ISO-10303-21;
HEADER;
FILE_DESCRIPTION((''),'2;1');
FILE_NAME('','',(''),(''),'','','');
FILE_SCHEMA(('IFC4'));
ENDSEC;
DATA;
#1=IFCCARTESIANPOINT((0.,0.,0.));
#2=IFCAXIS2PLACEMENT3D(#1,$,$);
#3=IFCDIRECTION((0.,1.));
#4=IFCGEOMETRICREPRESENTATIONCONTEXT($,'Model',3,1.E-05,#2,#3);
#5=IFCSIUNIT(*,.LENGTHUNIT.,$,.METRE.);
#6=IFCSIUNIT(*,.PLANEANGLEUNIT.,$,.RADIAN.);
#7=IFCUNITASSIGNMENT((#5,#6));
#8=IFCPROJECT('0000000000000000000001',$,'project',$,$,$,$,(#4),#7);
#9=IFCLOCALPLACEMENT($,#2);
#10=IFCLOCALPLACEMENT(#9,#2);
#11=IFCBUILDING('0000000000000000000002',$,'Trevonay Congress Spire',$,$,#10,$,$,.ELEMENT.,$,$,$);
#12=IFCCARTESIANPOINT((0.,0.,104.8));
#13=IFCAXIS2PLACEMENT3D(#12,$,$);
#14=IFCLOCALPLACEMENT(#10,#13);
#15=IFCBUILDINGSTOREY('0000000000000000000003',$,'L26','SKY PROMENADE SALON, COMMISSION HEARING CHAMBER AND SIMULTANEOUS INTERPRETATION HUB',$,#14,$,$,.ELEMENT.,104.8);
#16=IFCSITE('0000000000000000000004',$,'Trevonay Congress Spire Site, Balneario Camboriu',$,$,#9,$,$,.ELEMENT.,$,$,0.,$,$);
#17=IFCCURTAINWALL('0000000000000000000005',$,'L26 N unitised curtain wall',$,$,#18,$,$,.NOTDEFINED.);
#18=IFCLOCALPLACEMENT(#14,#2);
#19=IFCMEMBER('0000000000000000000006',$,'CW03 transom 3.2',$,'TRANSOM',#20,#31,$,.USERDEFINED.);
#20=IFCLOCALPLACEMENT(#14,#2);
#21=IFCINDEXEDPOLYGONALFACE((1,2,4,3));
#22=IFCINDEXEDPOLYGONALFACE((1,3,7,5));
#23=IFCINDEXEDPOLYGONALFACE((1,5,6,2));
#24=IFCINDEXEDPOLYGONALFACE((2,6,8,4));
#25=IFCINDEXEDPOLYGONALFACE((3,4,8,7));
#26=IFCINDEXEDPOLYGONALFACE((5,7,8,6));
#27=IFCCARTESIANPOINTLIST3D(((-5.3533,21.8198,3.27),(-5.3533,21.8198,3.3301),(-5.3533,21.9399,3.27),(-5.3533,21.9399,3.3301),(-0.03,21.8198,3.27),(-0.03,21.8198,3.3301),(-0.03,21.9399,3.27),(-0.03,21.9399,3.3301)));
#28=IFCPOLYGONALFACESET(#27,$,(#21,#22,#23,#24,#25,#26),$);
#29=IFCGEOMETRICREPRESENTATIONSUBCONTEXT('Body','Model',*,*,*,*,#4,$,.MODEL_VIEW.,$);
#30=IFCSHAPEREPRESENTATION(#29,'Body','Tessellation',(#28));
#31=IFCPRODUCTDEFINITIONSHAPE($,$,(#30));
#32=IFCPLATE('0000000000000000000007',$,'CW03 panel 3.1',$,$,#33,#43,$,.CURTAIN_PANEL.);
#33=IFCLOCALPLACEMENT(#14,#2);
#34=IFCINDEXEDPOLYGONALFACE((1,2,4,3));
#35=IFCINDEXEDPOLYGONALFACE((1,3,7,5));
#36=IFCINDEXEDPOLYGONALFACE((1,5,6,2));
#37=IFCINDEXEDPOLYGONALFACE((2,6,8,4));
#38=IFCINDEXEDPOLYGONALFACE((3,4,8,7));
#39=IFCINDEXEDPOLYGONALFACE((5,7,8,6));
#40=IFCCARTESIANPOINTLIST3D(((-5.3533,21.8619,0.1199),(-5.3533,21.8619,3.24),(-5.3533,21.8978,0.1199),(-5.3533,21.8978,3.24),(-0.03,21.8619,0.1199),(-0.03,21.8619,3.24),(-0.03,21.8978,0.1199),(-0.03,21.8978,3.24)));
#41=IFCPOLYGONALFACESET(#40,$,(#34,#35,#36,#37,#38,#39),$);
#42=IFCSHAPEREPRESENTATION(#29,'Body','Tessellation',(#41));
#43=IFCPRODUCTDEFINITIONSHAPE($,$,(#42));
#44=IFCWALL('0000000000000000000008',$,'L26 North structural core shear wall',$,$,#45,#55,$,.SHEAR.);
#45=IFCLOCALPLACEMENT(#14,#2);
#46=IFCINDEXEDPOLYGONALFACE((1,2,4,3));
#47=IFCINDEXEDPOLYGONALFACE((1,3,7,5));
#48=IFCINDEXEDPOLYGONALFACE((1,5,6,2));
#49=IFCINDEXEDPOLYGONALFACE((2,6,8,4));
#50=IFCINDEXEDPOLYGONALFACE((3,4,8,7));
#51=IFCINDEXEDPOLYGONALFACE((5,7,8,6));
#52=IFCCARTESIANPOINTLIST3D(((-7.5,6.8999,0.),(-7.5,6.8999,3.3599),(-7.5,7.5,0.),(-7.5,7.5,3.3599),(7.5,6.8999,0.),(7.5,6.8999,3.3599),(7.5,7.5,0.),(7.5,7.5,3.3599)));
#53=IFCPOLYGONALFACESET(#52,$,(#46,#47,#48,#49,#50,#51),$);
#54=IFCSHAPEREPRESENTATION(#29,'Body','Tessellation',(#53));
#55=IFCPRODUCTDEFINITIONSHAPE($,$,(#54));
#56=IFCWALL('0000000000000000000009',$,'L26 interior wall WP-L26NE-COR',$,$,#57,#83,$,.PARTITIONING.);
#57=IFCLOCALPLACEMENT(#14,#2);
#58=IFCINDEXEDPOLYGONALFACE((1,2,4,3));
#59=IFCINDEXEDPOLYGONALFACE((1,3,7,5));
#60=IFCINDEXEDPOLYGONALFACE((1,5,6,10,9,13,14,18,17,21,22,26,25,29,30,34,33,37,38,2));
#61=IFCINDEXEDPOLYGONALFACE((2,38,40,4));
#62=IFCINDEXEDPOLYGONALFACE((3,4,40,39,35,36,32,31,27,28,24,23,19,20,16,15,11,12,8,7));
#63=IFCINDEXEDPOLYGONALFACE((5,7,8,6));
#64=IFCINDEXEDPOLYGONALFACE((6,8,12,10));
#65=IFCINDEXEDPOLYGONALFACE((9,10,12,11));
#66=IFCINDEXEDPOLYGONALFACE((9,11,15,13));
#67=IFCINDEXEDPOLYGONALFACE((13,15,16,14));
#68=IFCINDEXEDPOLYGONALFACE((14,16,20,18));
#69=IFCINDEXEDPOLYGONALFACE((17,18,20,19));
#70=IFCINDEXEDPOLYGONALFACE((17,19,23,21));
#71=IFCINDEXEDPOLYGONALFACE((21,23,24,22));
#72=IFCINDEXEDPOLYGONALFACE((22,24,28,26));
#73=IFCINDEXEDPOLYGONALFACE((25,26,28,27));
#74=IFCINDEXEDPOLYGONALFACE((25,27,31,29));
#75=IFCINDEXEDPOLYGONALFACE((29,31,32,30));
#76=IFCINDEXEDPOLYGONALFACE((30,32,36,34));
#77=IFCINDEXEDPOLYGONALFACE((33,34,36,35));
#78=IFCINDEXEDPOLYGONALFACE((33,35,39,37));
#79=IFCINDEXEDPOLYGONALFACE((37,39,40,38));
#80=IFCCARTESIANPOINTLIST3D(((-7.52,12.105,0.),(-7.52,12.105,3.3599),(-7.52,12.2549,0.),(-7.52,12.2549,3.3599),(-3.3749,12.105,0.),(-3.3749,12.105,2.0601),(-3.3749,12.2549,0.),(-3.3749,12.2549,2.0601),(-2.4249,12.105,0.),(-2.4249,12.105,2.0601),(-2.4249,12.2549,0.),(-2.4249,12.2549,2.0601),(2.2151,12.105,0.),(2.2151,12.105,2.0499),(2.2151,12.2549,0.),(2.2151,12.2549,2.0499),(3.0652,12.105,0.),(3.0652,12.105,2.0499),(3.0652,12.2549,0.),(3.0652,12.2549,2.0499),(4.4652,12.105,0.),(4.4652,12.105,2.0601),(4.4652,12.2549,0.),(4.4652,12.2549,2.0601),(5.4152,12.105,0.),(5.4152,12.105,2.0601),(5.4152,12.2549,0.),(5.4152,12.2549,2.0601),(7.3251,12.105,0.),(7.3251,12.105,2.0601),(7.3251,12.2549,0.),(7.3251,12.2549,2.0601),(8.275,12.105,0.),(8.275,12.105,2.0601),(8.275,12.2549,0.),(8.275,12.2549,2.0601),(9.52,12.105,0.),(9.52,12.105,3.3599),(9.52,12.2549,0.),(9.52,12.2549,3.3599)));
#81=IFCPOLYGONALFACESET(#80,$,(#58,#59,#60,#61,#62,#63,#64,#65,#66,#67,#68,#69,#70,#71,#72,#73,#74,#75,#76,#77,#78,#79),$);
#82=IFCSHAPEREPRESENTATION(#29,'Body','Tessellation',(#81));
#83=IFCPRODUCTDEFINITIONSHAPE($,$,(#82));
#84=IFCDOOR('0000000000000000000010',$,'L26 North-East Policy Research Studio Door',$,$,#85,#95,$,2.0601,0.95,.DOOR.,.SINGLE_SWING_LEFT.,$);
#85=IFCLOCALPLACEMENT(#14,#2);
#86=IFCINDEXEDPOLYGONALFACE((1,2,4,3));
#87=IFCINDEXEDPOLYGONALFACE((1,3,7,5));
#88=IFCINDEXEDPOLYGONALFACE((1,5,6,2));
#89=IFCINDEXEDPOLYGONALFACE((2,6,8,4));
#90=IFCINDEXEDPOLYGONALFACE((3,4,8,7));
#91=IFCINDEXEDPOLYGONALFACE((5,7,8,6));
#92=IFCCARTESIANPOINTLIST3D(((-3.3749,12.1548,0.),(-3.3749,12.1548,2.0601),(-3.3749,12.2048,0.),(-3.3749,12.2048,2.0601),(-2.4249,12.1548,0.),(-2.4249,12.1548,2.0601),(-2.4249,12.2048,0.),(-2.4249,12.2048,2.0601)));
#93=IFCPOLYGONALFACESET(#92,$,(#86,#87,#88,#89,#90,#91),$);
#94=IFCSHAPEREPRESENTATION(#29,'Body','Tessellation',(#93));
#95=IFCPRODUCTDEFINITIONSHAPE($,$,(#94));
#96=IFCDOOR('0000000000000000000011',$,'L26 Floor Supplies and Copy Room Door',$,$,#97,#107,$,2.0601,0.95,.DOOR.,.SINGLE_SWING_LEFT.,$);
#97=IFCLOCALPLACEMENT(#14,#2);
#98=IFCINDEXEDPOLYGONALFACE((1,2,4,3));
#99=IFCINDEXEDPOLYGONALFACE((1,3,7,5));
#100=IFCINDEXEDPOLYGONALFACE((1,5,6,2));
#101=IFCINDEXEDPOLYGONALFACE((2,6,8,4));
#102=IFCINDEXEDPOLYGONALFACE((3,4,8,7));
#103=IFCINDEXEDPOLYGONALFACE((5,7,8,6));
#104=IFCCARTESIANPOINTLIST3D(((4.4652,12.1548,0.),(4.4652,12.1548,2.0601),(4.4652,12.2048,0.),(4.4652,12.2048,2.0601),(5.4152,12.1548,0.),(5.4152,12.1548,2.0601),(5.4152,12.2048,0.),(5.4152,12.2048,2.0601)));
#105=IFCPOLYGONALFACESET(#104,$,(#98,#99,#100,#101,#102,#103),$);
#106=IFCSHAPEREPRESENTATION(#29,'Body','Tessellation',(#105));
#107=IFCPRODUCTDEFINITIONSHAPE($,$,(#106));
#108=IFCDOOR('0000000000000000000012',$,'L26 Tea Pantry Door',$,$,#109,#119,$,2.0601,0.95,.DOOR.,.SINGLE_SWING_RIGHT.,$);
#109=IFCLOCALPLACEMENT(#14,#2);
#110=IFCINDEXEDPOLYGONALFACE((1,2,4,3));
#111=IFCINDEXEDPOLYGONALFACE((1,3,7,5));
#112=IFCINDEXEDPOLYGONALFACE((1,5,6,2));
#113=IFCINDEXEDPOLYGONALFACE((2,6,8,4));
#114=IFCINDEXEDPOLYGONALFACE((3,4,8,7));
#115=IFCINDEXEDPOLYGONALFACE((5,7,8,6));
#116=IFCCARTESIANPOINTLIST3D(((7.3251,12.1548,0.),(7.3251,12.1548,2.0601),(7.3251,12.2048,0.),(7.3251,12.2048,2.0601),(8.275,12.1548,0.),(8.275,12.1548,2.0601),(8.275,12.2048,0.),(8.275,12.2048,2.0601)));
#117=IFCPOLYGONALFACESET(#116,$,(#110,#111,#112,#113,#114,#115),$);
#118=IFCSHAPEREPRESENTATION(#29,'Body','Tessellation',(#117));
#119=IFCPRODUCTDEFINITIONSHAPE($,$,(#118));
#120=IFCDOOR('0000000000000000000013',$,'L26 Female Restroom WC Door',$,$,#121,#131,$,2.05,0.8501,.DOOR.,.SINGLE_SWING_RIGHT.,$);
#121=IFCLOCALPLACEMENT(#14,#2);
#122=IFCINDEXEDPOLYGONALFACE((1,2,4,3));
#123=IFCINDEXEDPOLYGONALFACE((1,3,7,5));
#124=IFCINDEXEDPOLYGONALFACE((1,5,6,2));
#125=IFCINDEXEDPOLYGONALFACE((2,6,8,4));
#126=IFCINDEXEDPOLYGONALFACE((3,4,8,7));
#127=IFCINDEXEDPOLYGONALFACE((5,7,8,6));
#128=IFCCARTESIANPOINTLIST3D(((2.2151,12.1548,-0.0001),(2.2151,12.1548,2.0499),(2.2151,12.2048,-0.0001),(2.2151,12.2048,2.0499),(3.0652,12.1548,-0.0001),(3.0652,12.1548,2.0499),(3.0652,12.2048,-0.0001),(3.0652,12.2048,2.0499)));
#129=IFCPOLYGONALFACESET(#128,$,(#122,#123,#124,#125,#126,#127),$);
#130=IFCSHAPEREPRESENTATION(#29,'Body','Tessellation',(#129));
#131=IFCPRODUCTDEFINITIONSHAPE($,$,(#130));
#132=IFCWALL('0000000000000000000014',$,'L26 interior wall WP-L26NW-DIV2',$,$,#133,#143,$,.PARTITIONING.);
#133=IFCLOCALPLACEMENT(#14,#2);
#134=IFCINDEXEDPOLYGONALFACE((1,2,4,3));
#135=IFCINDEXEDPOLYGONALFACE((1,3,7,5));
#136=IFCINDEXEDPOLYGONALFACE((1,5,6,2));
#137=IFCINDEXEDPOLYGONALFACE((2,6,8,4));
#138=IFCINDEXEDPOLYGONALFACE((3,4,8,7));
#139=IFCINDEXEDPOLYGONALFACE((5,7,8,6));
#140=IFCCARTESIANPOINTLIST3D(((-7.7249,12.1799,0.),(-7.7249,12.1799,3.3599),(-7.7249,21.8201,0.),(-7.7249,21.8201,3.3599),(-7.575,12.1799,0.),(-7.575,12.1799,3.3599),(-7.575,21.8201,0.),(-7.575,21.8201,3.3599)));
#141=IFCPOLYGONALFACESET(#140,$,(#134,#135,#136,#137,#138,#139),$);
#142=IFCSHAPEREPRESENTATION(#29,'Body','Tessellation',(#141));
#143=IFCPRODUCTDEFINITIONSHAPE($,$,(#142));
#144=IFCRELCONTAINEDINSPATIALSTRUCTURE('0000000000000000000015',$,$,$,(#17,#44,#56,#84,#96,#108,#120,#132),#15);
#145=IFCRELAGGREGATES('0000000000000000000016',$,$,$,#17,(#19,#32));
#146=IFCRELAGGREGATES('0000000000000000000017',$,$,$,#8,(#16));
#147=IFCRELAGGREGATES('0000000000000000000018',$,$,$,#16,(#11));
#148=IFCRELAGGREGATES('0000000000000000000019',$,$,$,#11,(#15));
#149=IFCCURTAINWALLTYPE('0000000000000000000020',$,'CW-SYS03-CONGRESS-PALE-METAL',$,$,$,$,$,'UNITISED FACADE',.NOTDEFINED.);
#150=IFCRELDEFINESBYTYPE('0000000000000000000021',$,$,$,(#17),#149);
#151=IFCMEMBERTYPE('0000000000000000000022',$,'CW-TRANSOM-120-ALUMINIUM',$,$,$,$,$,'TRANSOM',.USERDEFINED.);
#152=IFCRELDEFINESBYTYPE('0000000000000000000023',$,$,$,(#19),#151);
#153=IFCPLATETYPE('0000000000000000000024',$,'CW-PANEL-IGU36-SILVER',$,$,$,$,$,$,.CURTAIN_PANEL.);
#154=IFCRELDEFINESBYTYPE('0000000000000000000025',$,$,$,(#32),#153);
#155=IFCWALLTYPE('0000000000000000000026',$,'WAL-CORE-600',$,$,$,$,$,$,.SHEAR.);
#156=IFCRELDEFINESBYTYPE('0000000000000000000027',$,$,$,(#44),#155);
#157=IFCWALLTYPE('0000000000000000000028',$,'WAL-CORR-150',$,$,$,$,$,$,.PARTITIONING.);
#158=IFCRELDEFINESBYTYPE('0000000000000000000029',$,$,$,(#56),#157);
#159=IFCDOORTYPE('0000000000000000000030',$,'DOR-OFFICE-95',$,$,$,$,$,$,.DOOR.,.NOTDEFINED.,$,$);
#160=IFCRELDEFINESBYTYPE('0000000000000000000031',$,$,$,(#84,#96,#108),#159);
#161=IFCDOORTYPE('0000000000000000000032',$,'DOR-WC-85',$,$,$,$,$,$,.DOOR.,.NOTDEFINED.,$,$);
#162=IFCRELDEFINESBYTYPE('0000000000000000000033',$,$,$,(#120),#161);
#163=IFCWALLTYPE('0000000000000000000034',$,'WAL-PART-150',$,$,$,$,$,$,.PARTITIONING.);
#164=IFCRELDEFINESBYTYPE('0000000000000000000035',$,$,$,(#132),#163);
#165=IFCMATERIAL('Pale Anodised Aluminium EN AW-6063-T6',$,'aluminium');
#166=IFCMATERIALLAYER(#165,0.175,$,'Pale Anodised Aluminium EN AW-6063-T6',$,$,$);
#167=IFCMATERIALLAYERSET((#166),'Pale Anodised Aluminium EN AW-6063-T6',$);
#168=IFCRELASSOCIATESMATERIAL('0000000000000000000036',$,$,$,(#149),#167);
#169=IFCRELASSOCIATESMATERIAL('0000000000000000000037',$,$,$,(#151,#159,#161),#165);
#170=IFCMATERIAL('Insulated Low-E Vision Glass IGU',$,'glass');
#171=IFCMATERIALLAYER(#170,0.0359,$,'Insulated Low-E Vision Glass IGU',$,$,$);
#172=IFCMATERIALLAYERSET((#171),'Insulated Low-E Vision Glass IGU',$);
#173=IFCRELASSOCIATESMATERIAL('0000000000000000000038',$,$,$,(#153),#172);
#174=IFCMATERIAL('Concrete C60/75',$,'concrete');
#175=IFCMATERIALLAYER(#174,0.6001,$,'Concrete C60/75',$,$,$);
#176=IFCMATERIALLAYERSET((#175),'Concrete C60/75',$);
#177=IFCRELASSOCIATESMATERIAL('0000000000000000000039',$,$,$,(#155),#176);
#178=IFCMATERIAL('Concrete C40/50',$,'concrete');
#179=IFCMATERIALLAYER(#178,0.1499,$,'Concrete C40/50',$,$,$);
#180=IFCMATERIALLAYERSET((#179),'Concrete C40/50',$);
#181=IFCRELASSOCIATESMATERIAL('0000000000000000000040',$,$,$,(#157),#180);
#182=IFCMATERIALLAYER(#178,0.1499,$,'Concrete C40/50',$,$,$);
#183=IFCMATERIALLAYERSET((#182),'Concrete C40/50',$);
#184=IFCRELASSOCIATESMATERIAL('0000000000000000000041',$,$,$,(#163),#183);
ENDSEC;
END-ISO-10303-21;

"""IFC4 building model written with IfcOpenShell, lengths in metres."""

from ifc_helpers import new_model, si_unit, direction, frame, frame_2d, origin, origin_2d, place, context, subcontext, project, spatial, rectangle, extrude, material, layer, layer_set, material_profile, profile_set, type_object, element, fill, aggregate, save


model = new_model("IFC4")

# Units and contexts
model_context = context("Model", 3, precision=1e-05, world=origin(), true_north=direction((0.0, 1.0)))
body_context = subcontext(model_context, "Body", "Model", "MODEL_VIEW")
ifc_project = project(units=[si_unit("LENGTHUNIT", "METRE"), si_unit("PLANEANGLEUNIT", "RADIAN")], contexts=[model_context])

# Site, building, storey
site_placement = place(None, origin())
site = spatial("IfcSite", under=ifc_project, at=site_placement, Name="Trevonay Congress Spire Site, Balneario Camboriu", CompositionType="ELEMENT", RefElevation=0.0)
building_placement = place(site_placement, origin())
building = spatial("IfcBuilding", under=site, at=building_placement, Name="Trevonay Congress Spire", CompositionType="ELEMENT")
storey_placement = place(building_placement, frame((0.0, 0.0, 104.8)))
storey = spatial("IfcBuildingStorey", under=building, at=storey_placement, Name="L26", Description="SKY PROMENADE SALON, COMMISSION HEARING CHAMBER AND SIMULTANEOUS INTERPRETATION HUB", CompositionType="ELEMENT", Elevation=104.8)

# Curtain wall, member, plate
ifc_material_1 = material(Name="Pale Anodised Aluminium EN AW-6063-T6", Category="aluminium")
ifc_layer_1 = layer(ifc_material_1, 0.175, Name="Pale Anodised Aluminium EN AW-6063-T6")
ifc_layer_set_1 = layer_set([ifc_layer_1], Name="Pale Anodised Aluminium EN AW-6063-T6")
curtain_wall_type = type_object("IfcCurtainWallType", Name="CW-SYS03-CONGRESS-PALE-METAL", ElementType="UNITISED FACADE", PredefinedType="NOTDEFINED", material=ifc_layer_set_1)
curtain_wall_placement = place(storey_placement, origin())
curtain_wall = element("IfcCurtainWall", 1, at=curtain_wall_placement, inside=storey, type_object=curtain_wall_type, Name="L26 N unitised curtain wall", PredefinedType="NOTDEFINED")
ifc_material_profile_1 = material_profile(ifc_material_1, rectangle(XDim=0.1201, YDim=0.0601, at=origin_2d()), Name="CW-TRANSOM-120-ALUMINIUM")
ifc_profile_set_1 = profile_set([ifc_material_profile_1], Name="Pale Anodised Aluminium EN AW-6063-T6")
member_type_1 = type_object("IfcMemberType", Name="CW-TRANSOM-120-ALUMINIUM", ElementType="TRANSOM", PredefinedType="USERDEFINED", material=ifc_profile_set_1)
member_1_placement = place(storey_placement, frame((-5.3533, 21.8799, 3.3), z_axis=(1.0, 0.0, 0.0), x_axis=(0.0, 1.0, 0.0)))
member_1 = element("IfcMember", 2, at=member_1_placement, type_object=member_type_1, Name="CW03 transom 3.2", ObjectType="TRANSOM", PredefinedType="USERDEFINED", context=body_context, shape_type="SweptSolid", body=[
    extrude(rectangle(XDim=0.1201, YDim=0.0601, at=origin_2d()), origin(), (0.0, 0.0, 1.0), 5.3232),
])
ifc_material_2 = material(Name="Insulated Low-E Vision Glass IGU", Category="glass")
ifc_layer_2 = layer(ifc_material_2, 0.0359, Name="Insulated Low-E Vision Glass IGU")
ifc_layer_set_2 = layer_set([ifc_layer_2], Name="Insulated Low-E Vision Glass IGU")
plate_type = type_object("IfcPlateType", Name="CW-PANEL-IGU36-SILVER", PredefinedType="CURTAIN_PANEL", material=ifc_layer_set_2)
plate_placement = place(storey_placement, frame((-2.6917, 21.8799, 0.1199), z_axis=(0.0, 0.0, 1.0), x_axis=(1.0, 0.0, 0.0)))
plate = element("IfcPlate", 3, at=plate_placement, type_object=plate_type, Name="CW03 panel 3.1", PredefinedType="CURTAIN_PANEL", context=body_context, shape_type="SweptSolid", body=[
    extrude(rectangle(XDim=5.3232, YDim=0.0359, at=origin_2d()), origin(), (0.0, 0.0, 1.0), 3.1201),
])
aggregate(curtain_wall, [member_1, plate])

# Wall
ifc_material_3 = material(Name="Concrete C60/75", Category="concrete")
ifc_layer_3 = layer(ifc_material_3, 0.6001, Name="Concrete C60/75")
ifc_layer_set_3 = layer_set([ifc_layer_3], Name="Concrete C60/75")
wall_type_1 = type_object("IfcWallType", Name="WAL-CORE-600", PredefinedType="SHEAR", material=ifc_layer_set_3)
wall_1_placement = place(storey_placement, frame((-7.5, 7.2, 0.0), z_axis=(0.0, 0.0, 1.0), x_axis=(1.0, 0.0, 0.0)))
element("IfcWall", 4, at=wall_1_placement, inside=storey, type_object=wall_type_1, Name="L26 North structural core shear wall", PredefinedType="SHEAR", context=body_context, shape_type="SweptSolid", body=[
    extrude(rectangle(XDim=15.0, YDim=0.6001, at=frame_2d((7.5, 0.0))), origin(), (0.0, 0.0, 1.0), 3.3599),
])

# Wall, openings, doors
ifc_material_4 = material(Name="Concrete C40/50", Category="concrete")
ifc_layer_4 = layer(ifc_material_4, 0.1499, Name="Concrete C40/50")
ifc_layer_set_4 = layer_set([ifc_layer_4], Name="Concrete C40/50")
wall_type_2 = type_object("IfcWallType", Name="WAL-CORR-150", PredefinedType="PARTITIONING", material=ifc_layer_set_4)
wall_2_placement = place(storey_placement, frame((-7.52, 12.1799, 0.0), z_axis=(0.0, 0.0, 1.0), x_axis=(1.0, 0.0, 0.0)))
wall_2 = element("IfcWall", 5, at=wall_2_placement, inside=storey, type_object=wall_type_2, Name="L26 interior wall WP-L26NE-COR", PredefinedType="PARTITIONING", context=body_context, shape_type="SweptSolid", body=[
    extrude(rectangle(XDim=17.04, YDim=0.1499, at=frame_2d((8.52, 0.0))), origin(), (0.0, 0.0, 1.0), 3.3599),
])
opening_1_placement = place(wall_2_placement, frame((4.145, 0.0, 0.0)))
opening_1 = element("IfcOpeningElement", 6, at=opening_1_placement, cuts=wall_2, PredefinedType="OPENING", context=body_context, shape_type="SweptSolid", body=[
    extrude(rectangle(XDim=0.95, YDim=2.0601, at=frame_2d((0.4751, 1.03))), frame((0.0, 0.085, 0.0), z_axis=(0.0, -1.0, 0.0), x_axis=(1.0, 0.0, 0.0)), (0.0, 0.0, 1.0), 0.1699),
])
opening_2_placement = place(wall_2_placement, frame((9.7351, 0.0, 0.0)))
opening_2 = element("IfcOpeningElement", 7, at=opening_2_placement, cuts=wall_2, PredefinedType="OPENING", context=body_context, shape_type="SweptSolid", body=[
    extrude(rectangle(XDim=0.8501, YDim=2.05, at=frame_2d((0.425, 1.0249))), frame((0.0, 0.085, 0.0), z_axis=(0.0, -1.0, 0.0), x_axis=(1.0, 0.0, 0.0)), (0.0, 0.0, 1.0), 0.1699),
])
opening_3_placement = place(wall_2_placement, frame((11.9851, 0.0, 0.0)))
opening_3 = element("IfcOpeningElement", 8, at=opening_3_placement, cuts=wall_2, PredefinedType="OPENING", context=body_context, shape_type="SweptSolid", body=[
    extrude(rectangle(XDim=0.95, YDim=2.0601, at=frame_2d((0.4751, 1.03))), frame((0.0, 0.085, 0.0), z_axis=(0.0, -1.0, 0.0), x_axis=(1.0, 0.0, 0.0)), (0.0, 0.0, 1.0), 0.1699),
])
opening_4_placement = place(wall_2_placement, frame((14.845, 0.0, 0.0)))
opening_4 = element("IfcOpeningElement", 9, at=opening_4_placement, cuts=wall_2, PredefinedType="OPENING", context=body_context, shape_type="SweptSolid", body=[
    extrude(rectangle(XDim=0.95, YDim=2.0601, at=frame_2d((0.4751, 1.03))), frame((0.0, 0.085, 0.0), z_axis=(0.0, -1.0, 0.0), x_axis=(1.0, 0.0, 0.0)), (0.0, 0.0, 1.0), 0.1699),
])
door_type_1 = type_object("IfcDoorType", Name="DOR-OFFICE-95", OperationType="NOTDEFINED", PredefinedType="DOOR", material=ifc_material_1)
door_1_placement = place(opening_1_placement, origin())
door_1 = element("IfcDoor", 10, at=door_1_placement, inside=storey, type_object=door_type_1, Name="L26 North-East Policy Research Studio Door", OperationType="SINGLE_SWING_LEFT", OverallHeight=2.0601, OverallWidth=0.95, PredefinedType="DOOR", context=body_context, shape_type="SweptSolid", body=[
    extrude(rectangle(XDim=0.95, YDim=2.0601, at=frame_2d((0.4751, 1.03))), frame((0.0, 0.0249, 0.0), z_axis=(0.0, -1.0, 0.0), x_axis=(1.0, 0.0, 0.0)), (0.0, 0.0, 1.0), 0.05),
])
fill(opening_1, door_1)
door_2_placement = place(opening_3_placement, origin())
door_2 = element("IfcDoor", 11, at=door_2_placement, inside=storey, type_object=door_type_1, Name="L26 Floor Supplies and Copy Room Door", OperationType="SINGLE_SWING_LEFT", OverallHeight=2.0601, OverallWidth=0.95, PredefinedType="DOOR", context=body_context, shape_type="SweptSolid", body=[
    extrude(rectangle(XDim=0.95, YDim=2.0601, at=frame_2d((0.4751, 1.03))), frame((0.0, 0.0249, 0.0), z_axis=(0.0, -1.0, 0.0), x_axis=(1.0, 0.0, 0.0)), (0.0, 0.0, 1.0), 0.05),
])
fill(opening_3, door_2)
door_3_placement = place(opening_4_placement, origin())
door_3 = element("IfcDoor", 12, at=door_3_placement, inside=storey, type_object=door_type_1, Name="L26 Tea Pantry Door", OperationType="SINGLE_SWING_RIGHT", OverallHeight=2.0601, OverallWidth=0.95, PredefinedType="DOOR", context=body_context, shape_type="SweptSolid", body=[
    extrude(rectangle(XDim=0.95, YDim=2.0601, at=frame_2d((0.4751, 1.03))), frame((0.0, 0.0249, 0.0), z_axis=(0.0, -1.0, 0.0), x_axis=(1.0, 0.0, 0.0)), (0.0, 0.0, 1.0), 0.05),
])
fill(opening_4, door_3)
door_type_2 = type_object("IfcDoorType", Name="DOR-WC-85", OperationType="NOTDEFINED", PredefinedType="DOOR", material=ifc_material_1)
door_4_placement = place(opening_2_placement, origin())
door_4 = element("IfcDoor", 13, at=door_4_placement, inside=storey, type_object=door_type_2, Name="L26 Female Restroom WC Door", OperationType="SINGLE_SWING_RIGHT", OverallHeight=2.05, OverallWidth=0.8501, PredefinedType="DOOR", context=body_context, shape_type="SweptSolid", body=[
    extrude(rectangle(XDim=0.8501, YDim=2.05, at=frame_2d((0.425, 1.0249))), frame((0.0, 0.0249, 0.0), z_axis=(0.0, -1.0, 0.0), x_axis=(1.0, 0.0, 0.0)), (0.0, 0.0, 1.0), 0.05),
])
fill(opening_2, door_4)

# Wall
ifc_layer_5 = layer(ifc_material_4, 0.1499, Name="Concrete C40/50")
ifc_layer_set_5 = layer_set([ifc_layer_5], Name="Concrete C40/50")
wall_type_3 = type_object("IfcWallType", Name="WAL-PART-150", PredefinedType="PARTITIONING", material=ifc_layer_set_5)
wall_3_placement = place(storey_placement, frame((-7.6499, 12.1799, 0.0), z_axis=(0.0, 0.0, 1.0), x_axis=(0.0, 1.0, 0.0)))
element("IfcWall", 14, at=wall_3_placement, inside=storey, type_object=wall_type_3, Name="L26 interior wall WP-L26NW-DIV2", PredefinedType="PARTITIONING", context=body_context, shape_type="SweptSolid", body=[
    extrude(rectangle(XDim=9.6401, YDim=0.1499, at=frame_2d((4.8201, 0.0))), origin(), (0.0, 0.0, 1.0), 3.3599),
])

save(model, "model.ifc")
